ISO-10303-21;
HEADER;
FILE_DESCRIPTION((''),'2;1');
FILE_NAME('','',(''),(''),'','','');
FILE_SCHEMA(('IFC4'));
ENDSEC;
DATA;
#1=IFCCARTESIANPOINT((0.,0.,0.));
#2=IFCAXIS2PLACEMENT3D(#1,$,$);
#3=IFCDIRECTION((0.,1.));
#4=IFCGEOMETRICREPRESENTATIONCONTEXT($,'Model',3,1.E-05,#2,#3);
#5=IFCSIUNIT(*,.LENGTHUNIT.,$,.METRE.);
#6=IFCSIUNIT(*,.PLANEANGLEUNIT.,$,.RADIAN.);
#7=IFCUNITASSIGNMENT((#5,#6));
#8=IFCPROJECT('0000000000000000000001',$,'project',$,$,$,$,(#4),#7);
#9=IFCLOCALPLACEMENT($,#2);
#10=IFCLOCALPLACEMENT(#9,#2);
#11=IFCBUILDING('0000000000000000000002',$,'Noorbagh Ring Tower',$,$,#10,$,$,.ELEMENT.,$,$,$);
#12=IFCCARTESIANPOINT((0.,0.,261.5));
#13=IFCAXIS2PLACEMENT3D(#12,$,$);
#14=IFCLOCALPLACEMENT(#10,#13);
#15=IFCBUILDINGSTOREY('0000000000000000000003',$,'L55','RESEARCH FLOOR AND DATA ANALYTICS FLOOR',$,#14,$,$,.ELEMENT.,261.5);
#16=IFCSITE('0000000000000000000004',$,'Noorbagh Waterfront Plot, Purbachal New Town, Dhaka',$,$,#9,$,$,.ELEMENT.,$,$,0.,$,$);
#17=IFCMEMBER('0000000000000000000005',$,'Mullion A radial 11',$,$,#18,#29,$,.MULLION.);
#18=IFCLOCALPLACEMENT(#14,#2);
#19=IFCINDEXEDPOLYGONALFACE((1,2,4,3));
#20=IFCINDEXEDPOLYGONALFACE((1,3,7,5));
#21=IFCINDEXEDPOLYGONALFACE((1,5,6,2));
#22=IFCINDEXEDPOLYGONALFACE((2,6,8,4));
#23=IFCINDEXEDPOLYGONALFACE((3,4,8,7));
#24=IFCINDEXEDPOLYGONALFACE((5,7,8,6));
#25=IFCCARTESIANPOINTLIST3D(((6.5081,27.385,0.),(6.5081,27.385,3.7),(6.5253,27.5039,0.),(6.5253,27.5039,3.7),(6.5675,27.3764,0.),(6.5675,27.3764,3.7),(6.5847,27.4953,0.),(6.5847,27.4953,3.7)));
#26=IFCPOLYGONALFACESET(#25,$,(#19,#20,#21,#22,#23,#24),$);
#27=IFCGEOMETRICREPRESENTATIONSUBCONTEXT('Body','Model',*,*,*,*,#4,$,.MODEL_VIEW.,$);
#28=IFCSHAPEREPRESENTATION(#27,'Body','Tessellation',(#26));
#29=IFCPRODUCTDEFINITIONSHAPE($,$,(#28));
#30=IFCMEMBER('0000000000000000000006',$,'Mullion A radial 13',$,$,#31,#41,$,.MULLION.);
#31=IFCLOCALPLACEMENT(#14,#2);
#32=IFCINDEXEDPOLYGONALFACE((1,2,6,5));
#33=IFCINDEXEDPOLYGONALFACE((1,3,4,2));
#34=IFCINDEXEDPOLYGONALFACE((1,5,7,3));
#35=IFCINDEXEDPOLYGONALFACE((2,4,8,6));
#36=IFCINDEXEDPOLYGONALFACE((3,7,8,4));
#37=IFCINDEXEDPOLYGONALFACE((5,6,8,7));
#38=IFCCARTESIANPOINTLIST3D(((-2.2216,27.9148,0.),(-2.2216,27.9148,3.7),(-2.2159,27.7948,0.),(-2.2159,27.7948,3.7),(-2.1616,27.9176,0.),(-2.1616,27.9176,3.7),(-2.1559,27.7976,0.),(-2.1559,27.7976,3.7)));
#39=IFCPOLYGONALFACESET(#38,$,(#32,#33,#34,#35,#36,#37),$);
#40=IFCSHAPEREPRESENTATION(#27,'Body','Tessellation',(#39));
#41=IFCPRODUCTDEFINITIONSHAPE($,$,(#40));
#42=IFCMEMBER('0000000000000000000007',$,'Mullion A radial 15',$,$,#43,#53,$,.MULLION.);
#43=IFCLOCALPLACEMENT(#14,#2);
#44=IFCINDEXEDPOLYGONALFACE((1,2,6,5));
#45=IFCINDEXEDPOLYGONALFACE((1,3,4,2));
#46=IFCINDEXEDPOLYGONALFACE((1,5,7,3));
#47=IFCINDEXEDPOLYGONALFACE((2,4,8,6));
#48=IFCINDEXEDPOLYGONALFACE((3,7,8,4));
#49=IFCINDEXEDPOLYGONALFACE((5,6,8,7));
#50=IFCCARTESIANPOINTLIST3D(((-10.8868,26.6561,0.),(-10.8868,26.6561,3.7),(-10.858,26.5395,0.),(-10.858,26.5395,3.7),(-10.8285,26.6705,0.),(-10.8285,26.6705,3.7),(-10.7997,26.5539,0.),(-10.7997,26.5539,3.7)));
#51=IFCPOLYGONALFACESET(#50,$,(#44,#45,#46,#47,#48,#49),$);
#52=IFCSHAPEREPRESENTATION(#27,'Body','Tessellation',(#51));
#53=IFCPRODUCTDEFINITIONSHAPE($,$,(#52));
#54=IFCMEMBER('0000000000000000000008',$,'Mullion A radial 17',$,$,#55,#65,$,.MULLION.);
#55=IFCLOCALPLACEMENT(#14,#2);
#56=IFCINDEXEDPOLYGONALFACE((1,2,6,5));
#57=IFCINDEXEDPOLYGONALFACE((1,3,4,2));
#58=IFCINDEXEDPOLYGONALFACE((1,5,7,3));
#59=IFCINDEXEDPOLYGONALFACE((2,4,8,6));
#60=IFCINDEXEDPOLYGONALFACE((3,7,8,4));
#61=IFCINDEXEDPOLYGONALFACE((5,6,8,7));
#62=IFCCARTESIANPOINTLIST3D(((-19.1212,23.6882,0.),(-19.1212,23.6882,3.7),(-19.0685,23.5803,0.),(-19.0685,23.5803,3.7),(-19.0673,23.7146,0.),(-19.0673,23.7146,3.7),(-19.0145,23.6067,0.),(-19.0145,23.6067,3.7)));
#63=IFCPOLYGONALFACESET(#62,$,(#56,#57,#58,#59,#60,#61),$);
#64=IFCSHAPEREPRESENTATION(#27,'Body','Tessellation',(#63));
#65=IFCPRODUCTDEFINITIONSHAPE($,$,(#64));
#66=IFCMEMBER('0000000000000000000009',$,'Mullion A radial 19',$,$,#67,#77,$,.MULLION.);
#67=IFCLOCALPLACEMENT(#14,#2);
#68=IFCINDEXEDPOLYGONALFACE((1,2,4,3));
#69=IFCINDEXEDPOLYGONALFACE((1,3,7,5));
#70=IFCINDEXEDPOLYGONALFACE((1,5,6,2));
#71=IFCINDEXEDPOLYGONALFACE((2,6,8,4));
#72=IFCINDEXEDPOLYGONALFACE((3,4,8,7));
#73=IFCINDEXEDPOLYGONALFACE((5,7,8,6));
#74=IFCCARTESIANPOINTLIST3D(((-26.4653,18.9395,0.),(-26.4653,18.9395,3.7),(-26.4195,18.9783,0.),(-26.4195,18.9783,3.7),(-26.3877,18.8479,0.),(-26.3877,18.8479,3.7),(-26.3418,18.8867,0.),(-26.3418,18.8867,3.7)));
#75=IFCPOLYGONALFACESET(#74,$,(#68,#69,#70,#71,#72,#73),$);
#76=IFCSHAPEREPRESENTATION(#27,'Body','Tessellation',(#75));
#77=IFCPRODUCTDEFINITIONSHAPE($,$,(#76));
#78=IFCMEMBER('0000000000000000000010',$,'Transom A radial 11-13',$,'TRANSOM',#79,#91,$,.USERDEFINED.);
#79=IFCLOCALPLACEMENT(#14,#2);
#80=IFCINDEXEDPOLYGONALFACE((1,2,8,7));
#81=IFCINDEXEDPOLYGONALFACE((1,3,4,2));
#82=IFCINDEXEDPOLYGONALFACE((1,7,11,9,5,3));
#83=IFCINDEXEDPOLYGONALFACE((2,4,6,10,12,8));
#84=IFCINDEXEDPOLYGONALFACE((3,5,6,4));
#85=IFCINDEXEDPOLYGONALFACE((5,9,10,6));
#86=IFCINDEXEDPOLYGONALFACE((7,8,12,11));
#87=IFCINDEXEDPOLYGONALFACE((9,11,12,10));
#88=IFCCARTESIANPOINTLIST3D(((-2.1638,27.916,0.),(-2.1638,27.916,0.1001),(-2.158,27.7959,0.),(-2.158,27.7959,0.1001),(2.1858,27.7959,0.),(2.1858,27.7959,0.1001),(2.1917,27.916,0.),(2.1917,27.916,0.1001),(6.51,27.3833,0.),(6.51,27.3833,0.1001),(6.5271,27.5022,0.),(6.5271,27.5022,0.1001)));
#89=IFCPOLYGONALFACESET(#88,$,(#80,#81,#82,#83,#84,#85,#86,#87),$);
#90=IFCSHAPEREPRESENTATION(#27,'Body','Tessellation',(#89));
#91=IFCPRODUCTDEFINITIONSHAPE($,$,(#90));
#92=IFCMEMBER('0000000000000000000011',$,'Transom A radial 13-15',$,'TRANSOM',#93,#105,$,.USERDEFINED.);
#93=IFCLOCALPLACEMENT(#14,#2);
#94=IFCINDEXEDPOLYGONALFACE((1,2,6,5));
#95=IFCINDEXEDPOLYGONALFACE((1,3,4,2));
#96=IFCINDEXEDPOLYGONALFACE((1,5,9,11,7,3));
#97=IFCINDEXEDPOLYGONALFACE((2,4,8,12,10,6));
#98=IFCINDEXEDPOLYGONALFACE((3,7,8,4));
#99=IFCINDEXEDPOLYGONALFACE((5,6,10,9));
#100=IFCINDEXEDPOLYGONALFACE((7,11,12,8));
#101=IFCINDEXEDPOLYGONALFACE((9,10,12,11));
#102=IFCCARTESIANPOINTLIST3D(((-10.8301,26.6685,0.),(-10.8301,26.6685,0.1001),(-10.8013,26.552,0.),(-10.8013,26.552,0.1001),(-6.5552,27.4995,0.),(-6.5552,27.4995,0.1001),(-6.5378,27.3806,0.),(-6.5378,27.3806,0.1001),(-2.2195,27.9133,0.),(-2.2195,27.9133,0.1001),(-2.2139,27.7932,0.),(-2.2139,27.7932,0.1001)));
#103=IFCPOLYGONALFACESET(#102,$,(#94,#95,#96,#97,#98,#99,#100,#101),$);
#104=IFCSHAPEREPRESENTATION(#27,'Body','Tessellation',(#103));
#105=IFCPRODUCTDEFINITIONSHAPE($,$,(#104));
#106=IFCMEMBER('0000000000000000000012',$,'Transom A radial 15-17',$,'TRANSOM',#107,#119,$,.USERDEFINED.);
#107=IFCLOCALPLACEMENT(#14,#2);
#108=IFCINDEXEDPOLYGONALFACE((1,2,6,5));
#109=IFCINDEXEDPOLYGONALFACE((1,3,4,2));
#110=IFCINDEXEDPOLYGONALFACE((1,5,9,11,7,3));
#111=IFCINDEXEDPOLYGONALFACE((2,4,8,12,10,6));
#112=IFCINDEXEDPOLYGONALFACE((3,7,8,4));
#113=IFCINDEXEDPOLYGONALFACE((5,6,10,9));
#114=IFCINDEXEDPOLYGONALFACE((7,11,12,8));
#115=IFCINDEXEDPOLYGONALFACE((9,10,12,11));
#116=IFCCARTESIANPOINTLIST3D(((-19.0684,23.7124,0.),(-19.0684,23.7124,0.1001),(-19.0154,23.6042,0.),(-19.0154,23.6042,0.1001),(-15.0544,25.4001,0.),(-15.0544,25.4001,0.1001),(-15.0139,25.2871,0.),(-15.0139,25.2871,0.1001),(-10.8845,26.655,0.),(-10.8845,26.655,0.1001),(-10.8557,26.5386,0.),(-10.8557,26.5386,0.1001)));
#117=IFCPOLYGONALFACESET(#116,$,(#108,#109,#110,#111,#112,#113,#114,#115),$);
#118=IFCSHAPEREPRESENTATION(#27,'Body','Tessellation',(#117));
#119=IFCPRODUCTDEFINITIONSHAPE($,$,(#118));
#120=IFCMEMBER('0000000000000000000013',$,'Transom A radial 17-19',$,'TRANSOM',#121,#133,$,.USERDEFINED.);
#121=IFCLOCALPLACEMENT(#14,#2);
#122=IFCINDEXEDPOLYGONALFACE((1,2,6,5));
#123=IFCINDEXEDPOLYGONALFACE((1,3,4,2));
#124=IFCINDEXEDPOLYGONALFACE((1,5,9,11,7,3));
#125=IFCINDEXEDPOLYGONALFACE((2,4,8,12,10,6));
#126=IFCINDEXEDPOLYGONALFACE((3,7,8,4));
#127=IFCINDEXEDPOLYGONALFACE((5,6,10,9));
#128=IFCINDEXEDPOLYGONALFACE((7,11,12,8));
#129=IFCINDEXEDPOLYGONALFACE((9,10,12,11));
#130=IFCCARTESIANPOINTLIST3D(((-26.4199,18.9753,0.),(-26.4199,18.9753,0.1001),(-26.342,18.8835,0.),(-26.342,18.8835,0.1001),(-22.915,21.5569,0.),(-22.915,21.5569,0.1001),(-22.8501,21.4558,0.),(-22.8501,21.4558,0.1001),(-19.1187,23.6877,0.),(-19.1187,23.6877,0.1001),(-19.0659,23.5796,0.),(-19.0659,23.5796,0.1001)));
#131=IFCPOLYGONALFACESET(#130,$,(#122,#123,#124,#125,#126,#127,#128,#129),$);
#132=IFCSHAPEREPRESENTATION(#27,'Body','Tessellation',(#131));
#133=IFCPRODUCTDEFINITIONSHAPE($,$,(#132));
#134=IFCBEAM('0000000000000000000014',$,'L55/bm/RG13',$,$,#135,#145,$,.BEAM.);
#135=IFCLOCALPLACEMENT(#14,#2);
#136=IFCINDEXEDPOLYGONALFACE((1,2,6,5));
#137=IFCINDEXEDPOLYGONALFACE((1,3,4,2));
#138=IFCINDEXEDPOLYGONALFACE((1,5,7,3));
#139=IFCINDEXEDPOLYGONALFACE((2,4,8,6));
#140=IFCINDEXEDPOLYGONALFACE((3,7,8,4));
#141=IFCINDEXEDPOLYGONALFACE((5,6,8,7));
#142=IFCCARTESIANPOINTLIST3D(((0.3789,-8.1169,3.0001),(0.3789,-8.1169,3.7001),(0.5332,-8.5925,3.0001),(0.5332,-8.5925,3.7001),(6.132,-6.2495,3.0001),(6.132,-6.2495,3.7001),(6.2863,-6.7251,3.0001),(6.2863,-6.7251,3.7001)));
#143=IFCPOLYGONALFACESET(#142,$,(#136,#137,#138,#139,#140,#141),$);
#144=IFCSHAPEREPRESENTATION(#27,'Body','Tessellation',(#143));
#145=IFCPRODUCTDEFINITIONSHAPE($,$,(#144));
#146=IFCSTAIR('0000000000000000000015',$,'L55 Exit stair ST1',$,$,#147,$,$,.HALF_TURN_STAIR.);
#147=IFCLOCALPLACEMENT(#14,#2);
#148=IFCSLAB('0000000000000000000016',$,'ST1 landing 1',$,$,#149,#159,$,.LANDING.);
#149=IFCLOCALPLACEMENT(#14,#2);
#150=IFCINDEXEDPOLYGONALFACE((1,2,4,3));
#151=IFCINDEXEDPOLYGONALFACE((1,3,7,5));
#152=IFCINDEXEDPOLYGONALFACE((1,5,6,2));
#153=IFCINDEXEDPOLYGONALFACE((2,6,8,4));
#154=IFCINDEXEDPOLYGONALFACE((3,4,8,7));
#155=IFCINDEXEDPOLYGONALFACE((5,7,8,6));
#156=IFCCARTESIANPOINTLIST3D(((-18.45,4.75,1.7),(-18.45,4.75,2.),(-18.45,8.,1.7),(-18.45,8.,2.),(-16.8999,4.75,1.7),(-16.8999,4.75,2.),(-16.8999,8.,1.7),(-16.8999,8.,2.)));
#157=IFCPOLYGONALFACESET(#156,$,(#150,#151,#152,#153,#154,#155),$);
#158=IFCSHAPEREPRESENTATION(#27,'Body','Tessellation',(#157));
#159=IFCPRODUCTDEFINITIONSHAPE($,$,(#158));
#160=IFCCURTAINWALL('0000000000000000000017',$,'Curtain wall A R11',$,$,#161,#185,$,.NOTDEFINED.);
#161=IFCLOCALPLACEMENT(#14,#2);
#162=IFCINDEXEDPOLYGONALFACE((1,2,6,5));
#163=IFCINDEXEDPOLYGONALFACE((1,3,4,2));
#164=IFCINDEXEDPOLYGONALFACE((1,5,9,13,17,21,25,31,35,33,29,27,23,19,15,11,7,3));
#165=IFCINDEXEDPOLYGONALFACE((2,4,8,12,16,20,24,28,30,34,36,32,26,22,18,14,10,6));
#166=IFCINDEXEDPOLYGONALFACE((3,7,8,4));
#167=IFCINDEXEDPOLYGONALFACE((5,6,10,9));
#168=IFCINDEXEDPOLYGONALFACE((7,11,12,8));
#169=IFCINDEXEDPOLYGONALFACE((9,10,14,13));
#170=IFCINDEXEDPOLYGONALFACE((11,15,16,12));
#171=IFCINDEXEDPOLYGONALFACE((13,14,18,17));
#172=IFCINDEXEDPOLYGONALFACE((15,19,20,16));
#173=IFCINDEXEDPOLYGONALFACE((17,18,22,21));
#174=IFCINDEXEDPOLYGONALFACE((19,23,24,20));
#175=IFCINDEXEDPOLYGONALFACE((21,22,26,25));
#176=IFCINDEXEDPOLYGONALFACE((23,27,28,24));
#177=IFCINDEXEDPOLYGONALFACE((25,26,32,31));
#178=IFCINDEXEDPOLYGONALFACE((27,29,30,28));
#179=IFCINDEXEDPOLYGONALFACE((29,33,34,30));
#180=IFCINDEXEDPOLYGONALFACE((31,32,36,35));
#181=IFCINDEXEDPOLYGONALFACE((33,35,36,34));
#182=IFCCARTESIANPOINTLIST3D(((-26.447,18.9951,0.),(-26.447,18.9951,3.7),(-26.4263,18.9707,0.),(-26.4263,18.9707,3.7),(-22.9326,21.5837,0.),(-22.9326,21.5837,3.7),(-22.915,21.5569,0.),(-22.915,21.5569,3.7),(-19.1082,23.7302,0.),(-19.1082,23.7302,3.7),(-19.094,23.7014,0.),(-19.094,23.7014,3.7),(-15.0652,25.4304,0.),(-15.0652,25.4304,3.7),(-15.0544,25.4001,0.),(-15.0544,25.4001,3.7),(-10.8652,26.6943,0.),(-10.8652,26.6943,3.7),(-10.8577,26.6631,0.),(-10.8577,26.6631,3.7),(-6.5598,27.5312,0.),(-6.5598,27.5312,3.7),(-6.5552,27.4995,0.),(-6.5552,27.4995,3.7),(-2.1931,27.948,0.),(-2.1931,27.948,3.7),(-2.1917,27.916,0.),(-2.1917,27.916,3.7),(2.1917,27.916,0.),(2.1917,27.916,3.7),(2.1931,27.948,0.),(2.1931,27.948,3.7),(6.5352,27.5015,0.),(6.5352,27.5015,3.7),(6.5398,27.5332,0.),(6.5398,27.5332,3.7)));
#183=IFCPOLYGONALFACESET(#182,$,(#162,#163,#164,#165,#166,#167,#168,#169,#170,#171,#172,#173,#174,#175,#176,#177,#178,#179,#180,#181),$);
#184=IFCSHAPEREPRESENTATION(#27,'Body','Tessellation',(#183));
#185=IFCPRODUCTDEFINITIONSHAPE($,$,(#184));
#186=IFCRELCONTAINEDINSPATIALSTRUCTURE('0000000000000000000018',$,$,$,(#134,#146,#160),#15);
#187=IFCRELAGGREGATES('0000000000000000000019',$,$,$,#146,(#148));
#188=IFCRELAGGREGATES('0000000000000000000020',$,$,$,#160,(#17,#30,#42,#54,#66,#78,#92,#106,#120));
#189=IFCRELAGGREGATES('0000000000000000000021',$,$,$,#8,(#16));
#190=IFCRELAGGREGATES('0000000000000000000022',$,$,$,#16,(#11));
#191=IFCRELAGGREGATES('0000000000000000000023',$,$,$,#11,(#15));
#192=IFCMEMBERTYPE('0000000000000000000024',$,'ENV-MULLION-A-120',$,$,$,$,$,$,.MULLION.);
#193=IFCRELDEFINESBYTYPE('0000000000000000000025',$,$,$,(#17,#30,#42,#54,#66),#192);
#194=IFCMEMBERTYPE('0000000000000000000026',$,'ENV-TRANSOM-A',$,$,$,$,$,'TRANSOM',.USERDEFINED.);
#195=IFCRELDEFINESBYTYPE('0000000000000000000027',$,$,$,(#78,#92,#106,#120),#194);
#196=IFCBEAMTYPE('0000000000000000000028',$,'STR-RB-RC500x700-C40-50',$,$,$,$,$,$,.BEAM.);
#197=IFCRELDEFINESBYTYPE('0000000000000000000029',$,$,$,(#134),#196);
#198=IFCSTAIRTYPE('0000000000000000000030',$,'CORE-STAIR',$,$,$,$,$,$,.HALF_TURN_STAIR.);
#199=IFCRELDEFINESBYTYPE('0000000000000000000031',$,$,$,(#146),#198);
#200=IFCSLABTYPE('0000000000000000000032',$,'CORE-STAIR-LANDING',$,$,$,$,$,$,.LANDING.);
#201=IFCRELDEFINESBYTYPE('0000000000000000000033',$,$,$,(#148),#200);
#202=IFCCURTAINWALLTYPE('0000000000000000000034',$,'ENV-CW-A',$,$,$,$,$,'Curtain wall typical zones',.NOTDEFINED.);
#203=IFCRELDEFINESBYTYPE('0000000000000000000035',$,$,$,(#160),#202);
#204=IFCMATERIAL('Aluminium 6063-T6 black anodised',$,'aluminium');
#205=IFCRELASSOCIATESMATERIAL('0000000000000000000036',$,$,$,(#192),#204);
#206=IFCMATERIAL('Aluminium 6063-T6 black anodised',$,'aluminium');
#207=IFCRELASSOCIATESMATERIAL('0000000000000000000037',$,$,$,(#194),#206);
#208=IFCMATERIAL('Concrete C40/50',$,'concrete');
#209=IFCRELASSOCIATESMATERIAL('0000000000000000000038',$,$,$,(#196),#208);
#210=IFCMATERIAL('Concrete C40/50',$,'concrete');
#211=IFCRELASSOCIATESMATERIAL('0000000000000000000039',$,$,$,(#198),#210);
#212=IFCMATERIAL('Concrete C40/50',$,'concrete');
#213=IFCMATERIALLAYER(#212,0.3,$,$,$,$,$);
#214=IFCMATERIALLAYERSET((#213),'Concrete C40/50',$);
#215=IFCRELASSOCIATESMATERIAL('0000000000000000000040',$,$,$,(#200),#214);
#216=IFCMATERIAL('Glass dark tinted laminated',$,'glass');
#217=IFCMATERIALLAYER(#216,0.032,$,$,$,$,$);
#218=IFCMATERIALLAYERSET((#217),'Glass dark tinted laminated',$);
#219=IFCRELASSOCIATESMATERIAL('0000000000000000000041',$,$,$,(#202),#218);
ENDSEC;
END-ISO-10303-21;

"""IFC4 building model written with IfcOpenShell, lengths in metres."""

from ifc_helpers import new_model, si_unit, direction, frame, origin, origin_2d, place, context, subcontext, project, spatial, polyline, rectangle, outline, extrude, material, layer, layer_set, material_profile, profile_set, type_object, element, aggregate, save


model = new_model("IFC4")

# Units and contexts
model_context = context("Model", 3, precision=1e-05, world=origin(), true_north=direction((0.0, 1.0)))
body_context = subcontext(model_context, "Body", "Model", "MODEL_VIEW")
ifc_project = project(units=[si_unit("LENGTHUNIT", "METRE"), si_unit("PLANEANGLEUNIT", "RADIAN")], contexts=[model_context])

# Members
ifc_material_1 = material(Name="Aluminium 6063-T6 black anodised", Category="aluminium")
ifc_material_profile_1 = material_profile(ifc_material_1, rectangle(XDim=0.1201, YDim=0.0601, at=origin_2d()), Name="120x60")
ifc_profile_set_1 = profile_set([ifc_material_profile_1], Name="Aluminium 6063-T6 black anodised")
member_type_1 = type_object("IfcMemberType", Name="ENV-MULLION-A-120", PredefinedType="MULLION", material=ifc_profile_set_1)
site_placement = place(None, origin())
building_placement = place(site_placement, origin())
storey_placement = place(building_placement, frame((0.0, 0.0, 261.5)))
member_1_placement = place(storey_placement, frame((6.5464, 27.4402, 0.0), z_axis=(0.0, 0.0, 1.0), x_axis=(-0.143082, -0.989711, 0.0)))
member_1 = element("IfcMember", 1, at=member_1_placement, type_object=member_type_1, Name="Mullion A radial 11", PredefinedType="MULLION", context=body_context, shape_type="SweptSolid", body=[
    extrude(rectangle(XDim=0.1201, YDim=0.0601, at=origin_2d()), origin(), (0.0, 0.0, 1.0), 3.7),
])
member_2_placement = place(storey_placement, frame((-2.1887, 27.8562, 0.0), z_axis=(0.0, 0.0, 1.0), x_axis=(0.047558, -0.998868, 0.0)))
member_2 = element("IfcMember", 2, at=member_2_placement, type_object=member_type_1, Name="Mullion A radial 13", PredefinedType="MULLION", context=body_context, shape_type="SweptSolid", body=[
    extrude(rectangle(XDim=0.1201, YDim=0.0601, at=origin_2d()), origin(), (0.0, 0.0, 1.0), 3.7),
])
member_3_placement = place(storey_placement, frame((-10.8433, 26.605, 0.0), z_axis=(0.0, 0.0, 1.0), x_axis=(0.239799, -0.970823, 0.0)))
member_3 = element("IfcMember", 3, at=member_3_placement, type_object=member_type_1, Name="Mullion A radial 15", PredefinedType="MULLION", context=body_context, shape_type="SweptSolid", body=[
    extrude(rectangle(XDim=0.1201, YDim=0.0601, at=origin_2d()), origin(), (0.0, 0.0, 1.0), 3.7),
])
member_4_placement = place(storey_placement, frame((-19.0679, 23.6475, 0.0), z_axis=(0.0, 0.0, 1.0), x_axis=(0.439238, -0.898371, 0.0)))
member_4 = element("IfcMember", 4, at=member_4_placement, type_object=member_type_1, Name="Mullion A radial 17", PredefinedType="MULLION", context=body_context, shape_type="SweptSolid", body=[
    extrude(rectangle(XDim=0.1201, YDim=0.0601, at=origin_2d()), origin(), (0.0, 0.0, 1.0), 3.7),
])
member_5_placement = place(storey_placement, frame((-26.4036, 18.9131, 0.0), z_axis=(0.0, 0.0, 1.0), x_axis=(0.646451, -0.762955, 0.0)))
member_5 = element("IfcMember", 5, at=member_5_placement, type_object=member_type_1, Name="Mullion A radial 19", PredefinedType="MULLION", context=body_context, shape_type="SweptSolid", body=[
    extrude(rectangle(XDim=0.1201, YDim=0.0601, at=origin_2d()), origin(), (0.0, 0.0, 1.0), 3.7),
])
ifc_material_2 = material(Name="Aluminium 6063-T6 black anodised", Category="aluminium")
member_type_2 = type_object("IfcMemberType", Name="ENV-TRANSOM-A", ElementType="TRANSOM", PredefinedType="USERDEFINED", material=ifc_material_2)
member_6_placement = place(storey_placement, origin())
member_6 = element("IfcMember", 6, at=member_6_placement, type_object=member_type_2, Name="Transom A radial 11-13", ObjectType="TRANSOM", PredefinedType="USERDEFINED", context=body_context, shape_type="SweptSolid", body=[
    extrude(outline(polyline([(6.5271, 27.5022), (2.1917, 27.916), (-2.1638, 27.916), (-2.158, 27.7959), (2.1858, 27.7959), (6.51, 27.3833), (6.5271, 27.5022)])), origin(), (0.0, 0.0, 1.0), 0.1001),
])
member_7_placement = place(storey_placement, origin())
member_7 = element("IfcMember", 7, at=member_7_placement, type_object=member_type_2, Name="Transom A radial 13-15", ObjectType="TRANSOM", PredefinedType="USERDEFINED", context=body_context, shape_type="SweptSolid", body=[
    extrude(outline(polyline([(-2.2195, 27.9133), (-6.5552, 27.4995), (-10.8301, 26.6685), (-10.8013, 26.552), (-6.5378, 27.3806), (-2.2139, 27.7932), (-2.2195, 27.9133)])), origin(), (0.0, 0.0, 1.0), 0.1001),
])
member_8_placement = place(storey_placement, origin())
member_8 = element("IfcMember", 8, at=member_8_placement, type_object=member_type_2, Name="Transom A radial 15-17", ObjectType="TRANSOM", PredefinedType="USERDEFINED", context=body_context, shape_type="SweptSolid", body=[
    extrude(outline(polyline([(-10.8845, 26.655), (-15.0544, 25.4001), (-19.0684, 23.7124), (-19.0154, 23.6042), (-15.0139, 25.2871), (-10.8557, 26.5386), (-10.8845, 26.655)])), origin(), (0.0, 0.0, 1.0), 0.1001),
])
member_9_placement = place(storey_placement, origin())
member_9 = element("IfcMember", 9, at=member_9_placement, type_object=member_type_2, Name="Transom A radial 17-19", ObjectType="TRANSOM", PredefinedType="USERDEFINED", context=body_context, shape_type="SweptSolid", body=[
    extrude(outline(polyline([(-19.1187, 23.6877), (-22.915, 21.5569), (-26.4199, 18.9753), (-26.342, 18.8835), (-22.8501, 21.4558), (-19.0659, 23.5796), (-19.1187, 23.6877)])), origin(), (0.0, 0.0, 1.0), 0.1001),
])

# Site, building, storey
site = spatial("IfcSite", under=ifc_project, at=site_placement, Name="Noorbagh Waterfront Plot, Purbachal New Town, Dhaka", CompositionType="ELEMENT", RefElevation=0.0)
building = spatial("IfcBuilding", under=site, at=building_placement, Name="Noorbagh Ring Tower", CompositionType="ELEMENT")
storey = spatial("IfcBuildingStorey", under=building, at=storey_placement, Name="L55", Description="RESEARCH FLOOR AND DATA ANALYTICS FLOOR", CompositionType="ELEMENT", Elevation=261.5)

# Beam
ifc_material_3 = material(Name="Concrete C40/50", Category="concrete")
ifc_material_profile_2 = material_profile(ifc_material_3, rectangle(XDim=0.5, YDim=0.7, at=origin_2d()), Name="RC500x700")
ifc_profile_set_2 = profile_set([ifc_material_profile_2], Name="Concrete C40/50")
beam_type = type_object("IfcBeamType", Name="STR-RB-RC500x700-C40-50", PredefinedType="BEAM", material=ifc_profile_set_2)
beam_placement = place(storey_placement, frame((0.4561, -8.3547, 3.3501), z_axis=(0.951148, 0.308735, 0.0), x_axis=(-0.308735, 0.951148, 0.0)))
element("IfcBeam", 10, at=beam_placement, inside=storey, type_object=beam_type, Name="L55/bm/RG13", PredefinedType="BEAM", context=body_context, shape_type="SweptSolid", body=[
    extrude(rectangle(XDim=0.5, YDim=0.7, at=origin_2d()), origin(), (0.0, 0.0, 1.0), 6.0486),
])

# Stair, slab
ifc_material_4 = material(Name="Concrete C40/50", Category="concrete")
stair_type = type_object("IfcStairType", Name="CORE-STAIR", PredefinedType="HALF_TURN_STAIR", material=ifc_material_4)
stair_1_placement = place(storey_placement, origin())
stair_1 = element("IfcStair", 11, at=stair_1_placement, inside=storey, type_object=stair_type, Name="L55 Exit stair ST1", PredefinedType="HALF_TURN_STAIR")
ifc_material_5 = material(Name="Concrete C40/50", Category="concrete")
ifc_layer_1 = layer(ifc_material_5, 0.3)
ifc_layer_set_1 = layer_set([ifc_layer_1], Name="Concrete C40/50")
slab_type_1 = type_object("IfcSlabType", Name="CORE-STAIR-LANDING", PredefinedType="LANDING", material=ifc_layer_set_1)
slab_1_placement = place(storey_placement, frame((0.0, 0.0, 1.7)))
slab_1 = element("IfcSlab", 12, at=slab_1_placement, type_object=slab_type_1, Name="ST1 landing 1", PredefinedType="LANDING", context=body_context, shape_type="SweptSolid", body=[
    extrude(outline(polyline([(-18.45, 4.75), (-16.8999, 4.75), (-16.8999, 8.0), (-18.45, 8.0), (-18.45, 4.75)])), origin(), (0.0, 0.0, 1.0), 0.3),
])
aggregate(stair_1, [slab_1])

# Curtain wall
ifc_material_6 = material(Name="Glass dark tinted laminated", Category="glass")
ifc_layer_2 = layer(ifc_material_6, 0.032)
ifc_layer_set_2 = layer_set([ifc_layer_2], Name="Glass dark tinted laminated")
curtain_wall_type = type_object("IfcCurtainWallType", Name="ENV-CW-A", ElementType="Curtain wall typical zones", PredefinedType="NOTDEFINED", material=ifc_layer_set_2)
curtain_wall_1_placement = place(storey_placement, origin())
curtain_wall_1 = element("IfcCurtainWall", 13, at=curtain_wall_1_placement, inside=storey, type_object=curtain_wall_type, Name="Curtain wall A R11", PredefinedType="NOTDEFINED", context=body_context, shape_type="SweptSolid", body=[
    extrude(outline(polyline([(6.5398, 27.5332), (2.1931, 27.948), (-2.1931, 27.948), (-6.5598, 27.5312), (-10.8652, 26.6943), (-15.0652, 25.4304), (-19.1082, 23.7302), (-22.9326, 21.5837), (-26.447, 18.9951), (-26.4263, 18.9707), (-22.915, 21.5569), (-19.094, 23.7014), (-15.0544, 25.4001), (-10.8577, 26.6631), (-6.5552, 27.4995), (-2.1917, 27.916), (2.1917, 27.916), (6.5352, 27.5015), (6.5398, 27.5332)])), origin(), (0.0, 0.0, 1.0), 3.7),
])
aggregate(curtain_wall_1, [member_1, member_2, member_3, member_4, member_5, member_6, member_7, member_8, member_9])

save(model, "model.ifc")
